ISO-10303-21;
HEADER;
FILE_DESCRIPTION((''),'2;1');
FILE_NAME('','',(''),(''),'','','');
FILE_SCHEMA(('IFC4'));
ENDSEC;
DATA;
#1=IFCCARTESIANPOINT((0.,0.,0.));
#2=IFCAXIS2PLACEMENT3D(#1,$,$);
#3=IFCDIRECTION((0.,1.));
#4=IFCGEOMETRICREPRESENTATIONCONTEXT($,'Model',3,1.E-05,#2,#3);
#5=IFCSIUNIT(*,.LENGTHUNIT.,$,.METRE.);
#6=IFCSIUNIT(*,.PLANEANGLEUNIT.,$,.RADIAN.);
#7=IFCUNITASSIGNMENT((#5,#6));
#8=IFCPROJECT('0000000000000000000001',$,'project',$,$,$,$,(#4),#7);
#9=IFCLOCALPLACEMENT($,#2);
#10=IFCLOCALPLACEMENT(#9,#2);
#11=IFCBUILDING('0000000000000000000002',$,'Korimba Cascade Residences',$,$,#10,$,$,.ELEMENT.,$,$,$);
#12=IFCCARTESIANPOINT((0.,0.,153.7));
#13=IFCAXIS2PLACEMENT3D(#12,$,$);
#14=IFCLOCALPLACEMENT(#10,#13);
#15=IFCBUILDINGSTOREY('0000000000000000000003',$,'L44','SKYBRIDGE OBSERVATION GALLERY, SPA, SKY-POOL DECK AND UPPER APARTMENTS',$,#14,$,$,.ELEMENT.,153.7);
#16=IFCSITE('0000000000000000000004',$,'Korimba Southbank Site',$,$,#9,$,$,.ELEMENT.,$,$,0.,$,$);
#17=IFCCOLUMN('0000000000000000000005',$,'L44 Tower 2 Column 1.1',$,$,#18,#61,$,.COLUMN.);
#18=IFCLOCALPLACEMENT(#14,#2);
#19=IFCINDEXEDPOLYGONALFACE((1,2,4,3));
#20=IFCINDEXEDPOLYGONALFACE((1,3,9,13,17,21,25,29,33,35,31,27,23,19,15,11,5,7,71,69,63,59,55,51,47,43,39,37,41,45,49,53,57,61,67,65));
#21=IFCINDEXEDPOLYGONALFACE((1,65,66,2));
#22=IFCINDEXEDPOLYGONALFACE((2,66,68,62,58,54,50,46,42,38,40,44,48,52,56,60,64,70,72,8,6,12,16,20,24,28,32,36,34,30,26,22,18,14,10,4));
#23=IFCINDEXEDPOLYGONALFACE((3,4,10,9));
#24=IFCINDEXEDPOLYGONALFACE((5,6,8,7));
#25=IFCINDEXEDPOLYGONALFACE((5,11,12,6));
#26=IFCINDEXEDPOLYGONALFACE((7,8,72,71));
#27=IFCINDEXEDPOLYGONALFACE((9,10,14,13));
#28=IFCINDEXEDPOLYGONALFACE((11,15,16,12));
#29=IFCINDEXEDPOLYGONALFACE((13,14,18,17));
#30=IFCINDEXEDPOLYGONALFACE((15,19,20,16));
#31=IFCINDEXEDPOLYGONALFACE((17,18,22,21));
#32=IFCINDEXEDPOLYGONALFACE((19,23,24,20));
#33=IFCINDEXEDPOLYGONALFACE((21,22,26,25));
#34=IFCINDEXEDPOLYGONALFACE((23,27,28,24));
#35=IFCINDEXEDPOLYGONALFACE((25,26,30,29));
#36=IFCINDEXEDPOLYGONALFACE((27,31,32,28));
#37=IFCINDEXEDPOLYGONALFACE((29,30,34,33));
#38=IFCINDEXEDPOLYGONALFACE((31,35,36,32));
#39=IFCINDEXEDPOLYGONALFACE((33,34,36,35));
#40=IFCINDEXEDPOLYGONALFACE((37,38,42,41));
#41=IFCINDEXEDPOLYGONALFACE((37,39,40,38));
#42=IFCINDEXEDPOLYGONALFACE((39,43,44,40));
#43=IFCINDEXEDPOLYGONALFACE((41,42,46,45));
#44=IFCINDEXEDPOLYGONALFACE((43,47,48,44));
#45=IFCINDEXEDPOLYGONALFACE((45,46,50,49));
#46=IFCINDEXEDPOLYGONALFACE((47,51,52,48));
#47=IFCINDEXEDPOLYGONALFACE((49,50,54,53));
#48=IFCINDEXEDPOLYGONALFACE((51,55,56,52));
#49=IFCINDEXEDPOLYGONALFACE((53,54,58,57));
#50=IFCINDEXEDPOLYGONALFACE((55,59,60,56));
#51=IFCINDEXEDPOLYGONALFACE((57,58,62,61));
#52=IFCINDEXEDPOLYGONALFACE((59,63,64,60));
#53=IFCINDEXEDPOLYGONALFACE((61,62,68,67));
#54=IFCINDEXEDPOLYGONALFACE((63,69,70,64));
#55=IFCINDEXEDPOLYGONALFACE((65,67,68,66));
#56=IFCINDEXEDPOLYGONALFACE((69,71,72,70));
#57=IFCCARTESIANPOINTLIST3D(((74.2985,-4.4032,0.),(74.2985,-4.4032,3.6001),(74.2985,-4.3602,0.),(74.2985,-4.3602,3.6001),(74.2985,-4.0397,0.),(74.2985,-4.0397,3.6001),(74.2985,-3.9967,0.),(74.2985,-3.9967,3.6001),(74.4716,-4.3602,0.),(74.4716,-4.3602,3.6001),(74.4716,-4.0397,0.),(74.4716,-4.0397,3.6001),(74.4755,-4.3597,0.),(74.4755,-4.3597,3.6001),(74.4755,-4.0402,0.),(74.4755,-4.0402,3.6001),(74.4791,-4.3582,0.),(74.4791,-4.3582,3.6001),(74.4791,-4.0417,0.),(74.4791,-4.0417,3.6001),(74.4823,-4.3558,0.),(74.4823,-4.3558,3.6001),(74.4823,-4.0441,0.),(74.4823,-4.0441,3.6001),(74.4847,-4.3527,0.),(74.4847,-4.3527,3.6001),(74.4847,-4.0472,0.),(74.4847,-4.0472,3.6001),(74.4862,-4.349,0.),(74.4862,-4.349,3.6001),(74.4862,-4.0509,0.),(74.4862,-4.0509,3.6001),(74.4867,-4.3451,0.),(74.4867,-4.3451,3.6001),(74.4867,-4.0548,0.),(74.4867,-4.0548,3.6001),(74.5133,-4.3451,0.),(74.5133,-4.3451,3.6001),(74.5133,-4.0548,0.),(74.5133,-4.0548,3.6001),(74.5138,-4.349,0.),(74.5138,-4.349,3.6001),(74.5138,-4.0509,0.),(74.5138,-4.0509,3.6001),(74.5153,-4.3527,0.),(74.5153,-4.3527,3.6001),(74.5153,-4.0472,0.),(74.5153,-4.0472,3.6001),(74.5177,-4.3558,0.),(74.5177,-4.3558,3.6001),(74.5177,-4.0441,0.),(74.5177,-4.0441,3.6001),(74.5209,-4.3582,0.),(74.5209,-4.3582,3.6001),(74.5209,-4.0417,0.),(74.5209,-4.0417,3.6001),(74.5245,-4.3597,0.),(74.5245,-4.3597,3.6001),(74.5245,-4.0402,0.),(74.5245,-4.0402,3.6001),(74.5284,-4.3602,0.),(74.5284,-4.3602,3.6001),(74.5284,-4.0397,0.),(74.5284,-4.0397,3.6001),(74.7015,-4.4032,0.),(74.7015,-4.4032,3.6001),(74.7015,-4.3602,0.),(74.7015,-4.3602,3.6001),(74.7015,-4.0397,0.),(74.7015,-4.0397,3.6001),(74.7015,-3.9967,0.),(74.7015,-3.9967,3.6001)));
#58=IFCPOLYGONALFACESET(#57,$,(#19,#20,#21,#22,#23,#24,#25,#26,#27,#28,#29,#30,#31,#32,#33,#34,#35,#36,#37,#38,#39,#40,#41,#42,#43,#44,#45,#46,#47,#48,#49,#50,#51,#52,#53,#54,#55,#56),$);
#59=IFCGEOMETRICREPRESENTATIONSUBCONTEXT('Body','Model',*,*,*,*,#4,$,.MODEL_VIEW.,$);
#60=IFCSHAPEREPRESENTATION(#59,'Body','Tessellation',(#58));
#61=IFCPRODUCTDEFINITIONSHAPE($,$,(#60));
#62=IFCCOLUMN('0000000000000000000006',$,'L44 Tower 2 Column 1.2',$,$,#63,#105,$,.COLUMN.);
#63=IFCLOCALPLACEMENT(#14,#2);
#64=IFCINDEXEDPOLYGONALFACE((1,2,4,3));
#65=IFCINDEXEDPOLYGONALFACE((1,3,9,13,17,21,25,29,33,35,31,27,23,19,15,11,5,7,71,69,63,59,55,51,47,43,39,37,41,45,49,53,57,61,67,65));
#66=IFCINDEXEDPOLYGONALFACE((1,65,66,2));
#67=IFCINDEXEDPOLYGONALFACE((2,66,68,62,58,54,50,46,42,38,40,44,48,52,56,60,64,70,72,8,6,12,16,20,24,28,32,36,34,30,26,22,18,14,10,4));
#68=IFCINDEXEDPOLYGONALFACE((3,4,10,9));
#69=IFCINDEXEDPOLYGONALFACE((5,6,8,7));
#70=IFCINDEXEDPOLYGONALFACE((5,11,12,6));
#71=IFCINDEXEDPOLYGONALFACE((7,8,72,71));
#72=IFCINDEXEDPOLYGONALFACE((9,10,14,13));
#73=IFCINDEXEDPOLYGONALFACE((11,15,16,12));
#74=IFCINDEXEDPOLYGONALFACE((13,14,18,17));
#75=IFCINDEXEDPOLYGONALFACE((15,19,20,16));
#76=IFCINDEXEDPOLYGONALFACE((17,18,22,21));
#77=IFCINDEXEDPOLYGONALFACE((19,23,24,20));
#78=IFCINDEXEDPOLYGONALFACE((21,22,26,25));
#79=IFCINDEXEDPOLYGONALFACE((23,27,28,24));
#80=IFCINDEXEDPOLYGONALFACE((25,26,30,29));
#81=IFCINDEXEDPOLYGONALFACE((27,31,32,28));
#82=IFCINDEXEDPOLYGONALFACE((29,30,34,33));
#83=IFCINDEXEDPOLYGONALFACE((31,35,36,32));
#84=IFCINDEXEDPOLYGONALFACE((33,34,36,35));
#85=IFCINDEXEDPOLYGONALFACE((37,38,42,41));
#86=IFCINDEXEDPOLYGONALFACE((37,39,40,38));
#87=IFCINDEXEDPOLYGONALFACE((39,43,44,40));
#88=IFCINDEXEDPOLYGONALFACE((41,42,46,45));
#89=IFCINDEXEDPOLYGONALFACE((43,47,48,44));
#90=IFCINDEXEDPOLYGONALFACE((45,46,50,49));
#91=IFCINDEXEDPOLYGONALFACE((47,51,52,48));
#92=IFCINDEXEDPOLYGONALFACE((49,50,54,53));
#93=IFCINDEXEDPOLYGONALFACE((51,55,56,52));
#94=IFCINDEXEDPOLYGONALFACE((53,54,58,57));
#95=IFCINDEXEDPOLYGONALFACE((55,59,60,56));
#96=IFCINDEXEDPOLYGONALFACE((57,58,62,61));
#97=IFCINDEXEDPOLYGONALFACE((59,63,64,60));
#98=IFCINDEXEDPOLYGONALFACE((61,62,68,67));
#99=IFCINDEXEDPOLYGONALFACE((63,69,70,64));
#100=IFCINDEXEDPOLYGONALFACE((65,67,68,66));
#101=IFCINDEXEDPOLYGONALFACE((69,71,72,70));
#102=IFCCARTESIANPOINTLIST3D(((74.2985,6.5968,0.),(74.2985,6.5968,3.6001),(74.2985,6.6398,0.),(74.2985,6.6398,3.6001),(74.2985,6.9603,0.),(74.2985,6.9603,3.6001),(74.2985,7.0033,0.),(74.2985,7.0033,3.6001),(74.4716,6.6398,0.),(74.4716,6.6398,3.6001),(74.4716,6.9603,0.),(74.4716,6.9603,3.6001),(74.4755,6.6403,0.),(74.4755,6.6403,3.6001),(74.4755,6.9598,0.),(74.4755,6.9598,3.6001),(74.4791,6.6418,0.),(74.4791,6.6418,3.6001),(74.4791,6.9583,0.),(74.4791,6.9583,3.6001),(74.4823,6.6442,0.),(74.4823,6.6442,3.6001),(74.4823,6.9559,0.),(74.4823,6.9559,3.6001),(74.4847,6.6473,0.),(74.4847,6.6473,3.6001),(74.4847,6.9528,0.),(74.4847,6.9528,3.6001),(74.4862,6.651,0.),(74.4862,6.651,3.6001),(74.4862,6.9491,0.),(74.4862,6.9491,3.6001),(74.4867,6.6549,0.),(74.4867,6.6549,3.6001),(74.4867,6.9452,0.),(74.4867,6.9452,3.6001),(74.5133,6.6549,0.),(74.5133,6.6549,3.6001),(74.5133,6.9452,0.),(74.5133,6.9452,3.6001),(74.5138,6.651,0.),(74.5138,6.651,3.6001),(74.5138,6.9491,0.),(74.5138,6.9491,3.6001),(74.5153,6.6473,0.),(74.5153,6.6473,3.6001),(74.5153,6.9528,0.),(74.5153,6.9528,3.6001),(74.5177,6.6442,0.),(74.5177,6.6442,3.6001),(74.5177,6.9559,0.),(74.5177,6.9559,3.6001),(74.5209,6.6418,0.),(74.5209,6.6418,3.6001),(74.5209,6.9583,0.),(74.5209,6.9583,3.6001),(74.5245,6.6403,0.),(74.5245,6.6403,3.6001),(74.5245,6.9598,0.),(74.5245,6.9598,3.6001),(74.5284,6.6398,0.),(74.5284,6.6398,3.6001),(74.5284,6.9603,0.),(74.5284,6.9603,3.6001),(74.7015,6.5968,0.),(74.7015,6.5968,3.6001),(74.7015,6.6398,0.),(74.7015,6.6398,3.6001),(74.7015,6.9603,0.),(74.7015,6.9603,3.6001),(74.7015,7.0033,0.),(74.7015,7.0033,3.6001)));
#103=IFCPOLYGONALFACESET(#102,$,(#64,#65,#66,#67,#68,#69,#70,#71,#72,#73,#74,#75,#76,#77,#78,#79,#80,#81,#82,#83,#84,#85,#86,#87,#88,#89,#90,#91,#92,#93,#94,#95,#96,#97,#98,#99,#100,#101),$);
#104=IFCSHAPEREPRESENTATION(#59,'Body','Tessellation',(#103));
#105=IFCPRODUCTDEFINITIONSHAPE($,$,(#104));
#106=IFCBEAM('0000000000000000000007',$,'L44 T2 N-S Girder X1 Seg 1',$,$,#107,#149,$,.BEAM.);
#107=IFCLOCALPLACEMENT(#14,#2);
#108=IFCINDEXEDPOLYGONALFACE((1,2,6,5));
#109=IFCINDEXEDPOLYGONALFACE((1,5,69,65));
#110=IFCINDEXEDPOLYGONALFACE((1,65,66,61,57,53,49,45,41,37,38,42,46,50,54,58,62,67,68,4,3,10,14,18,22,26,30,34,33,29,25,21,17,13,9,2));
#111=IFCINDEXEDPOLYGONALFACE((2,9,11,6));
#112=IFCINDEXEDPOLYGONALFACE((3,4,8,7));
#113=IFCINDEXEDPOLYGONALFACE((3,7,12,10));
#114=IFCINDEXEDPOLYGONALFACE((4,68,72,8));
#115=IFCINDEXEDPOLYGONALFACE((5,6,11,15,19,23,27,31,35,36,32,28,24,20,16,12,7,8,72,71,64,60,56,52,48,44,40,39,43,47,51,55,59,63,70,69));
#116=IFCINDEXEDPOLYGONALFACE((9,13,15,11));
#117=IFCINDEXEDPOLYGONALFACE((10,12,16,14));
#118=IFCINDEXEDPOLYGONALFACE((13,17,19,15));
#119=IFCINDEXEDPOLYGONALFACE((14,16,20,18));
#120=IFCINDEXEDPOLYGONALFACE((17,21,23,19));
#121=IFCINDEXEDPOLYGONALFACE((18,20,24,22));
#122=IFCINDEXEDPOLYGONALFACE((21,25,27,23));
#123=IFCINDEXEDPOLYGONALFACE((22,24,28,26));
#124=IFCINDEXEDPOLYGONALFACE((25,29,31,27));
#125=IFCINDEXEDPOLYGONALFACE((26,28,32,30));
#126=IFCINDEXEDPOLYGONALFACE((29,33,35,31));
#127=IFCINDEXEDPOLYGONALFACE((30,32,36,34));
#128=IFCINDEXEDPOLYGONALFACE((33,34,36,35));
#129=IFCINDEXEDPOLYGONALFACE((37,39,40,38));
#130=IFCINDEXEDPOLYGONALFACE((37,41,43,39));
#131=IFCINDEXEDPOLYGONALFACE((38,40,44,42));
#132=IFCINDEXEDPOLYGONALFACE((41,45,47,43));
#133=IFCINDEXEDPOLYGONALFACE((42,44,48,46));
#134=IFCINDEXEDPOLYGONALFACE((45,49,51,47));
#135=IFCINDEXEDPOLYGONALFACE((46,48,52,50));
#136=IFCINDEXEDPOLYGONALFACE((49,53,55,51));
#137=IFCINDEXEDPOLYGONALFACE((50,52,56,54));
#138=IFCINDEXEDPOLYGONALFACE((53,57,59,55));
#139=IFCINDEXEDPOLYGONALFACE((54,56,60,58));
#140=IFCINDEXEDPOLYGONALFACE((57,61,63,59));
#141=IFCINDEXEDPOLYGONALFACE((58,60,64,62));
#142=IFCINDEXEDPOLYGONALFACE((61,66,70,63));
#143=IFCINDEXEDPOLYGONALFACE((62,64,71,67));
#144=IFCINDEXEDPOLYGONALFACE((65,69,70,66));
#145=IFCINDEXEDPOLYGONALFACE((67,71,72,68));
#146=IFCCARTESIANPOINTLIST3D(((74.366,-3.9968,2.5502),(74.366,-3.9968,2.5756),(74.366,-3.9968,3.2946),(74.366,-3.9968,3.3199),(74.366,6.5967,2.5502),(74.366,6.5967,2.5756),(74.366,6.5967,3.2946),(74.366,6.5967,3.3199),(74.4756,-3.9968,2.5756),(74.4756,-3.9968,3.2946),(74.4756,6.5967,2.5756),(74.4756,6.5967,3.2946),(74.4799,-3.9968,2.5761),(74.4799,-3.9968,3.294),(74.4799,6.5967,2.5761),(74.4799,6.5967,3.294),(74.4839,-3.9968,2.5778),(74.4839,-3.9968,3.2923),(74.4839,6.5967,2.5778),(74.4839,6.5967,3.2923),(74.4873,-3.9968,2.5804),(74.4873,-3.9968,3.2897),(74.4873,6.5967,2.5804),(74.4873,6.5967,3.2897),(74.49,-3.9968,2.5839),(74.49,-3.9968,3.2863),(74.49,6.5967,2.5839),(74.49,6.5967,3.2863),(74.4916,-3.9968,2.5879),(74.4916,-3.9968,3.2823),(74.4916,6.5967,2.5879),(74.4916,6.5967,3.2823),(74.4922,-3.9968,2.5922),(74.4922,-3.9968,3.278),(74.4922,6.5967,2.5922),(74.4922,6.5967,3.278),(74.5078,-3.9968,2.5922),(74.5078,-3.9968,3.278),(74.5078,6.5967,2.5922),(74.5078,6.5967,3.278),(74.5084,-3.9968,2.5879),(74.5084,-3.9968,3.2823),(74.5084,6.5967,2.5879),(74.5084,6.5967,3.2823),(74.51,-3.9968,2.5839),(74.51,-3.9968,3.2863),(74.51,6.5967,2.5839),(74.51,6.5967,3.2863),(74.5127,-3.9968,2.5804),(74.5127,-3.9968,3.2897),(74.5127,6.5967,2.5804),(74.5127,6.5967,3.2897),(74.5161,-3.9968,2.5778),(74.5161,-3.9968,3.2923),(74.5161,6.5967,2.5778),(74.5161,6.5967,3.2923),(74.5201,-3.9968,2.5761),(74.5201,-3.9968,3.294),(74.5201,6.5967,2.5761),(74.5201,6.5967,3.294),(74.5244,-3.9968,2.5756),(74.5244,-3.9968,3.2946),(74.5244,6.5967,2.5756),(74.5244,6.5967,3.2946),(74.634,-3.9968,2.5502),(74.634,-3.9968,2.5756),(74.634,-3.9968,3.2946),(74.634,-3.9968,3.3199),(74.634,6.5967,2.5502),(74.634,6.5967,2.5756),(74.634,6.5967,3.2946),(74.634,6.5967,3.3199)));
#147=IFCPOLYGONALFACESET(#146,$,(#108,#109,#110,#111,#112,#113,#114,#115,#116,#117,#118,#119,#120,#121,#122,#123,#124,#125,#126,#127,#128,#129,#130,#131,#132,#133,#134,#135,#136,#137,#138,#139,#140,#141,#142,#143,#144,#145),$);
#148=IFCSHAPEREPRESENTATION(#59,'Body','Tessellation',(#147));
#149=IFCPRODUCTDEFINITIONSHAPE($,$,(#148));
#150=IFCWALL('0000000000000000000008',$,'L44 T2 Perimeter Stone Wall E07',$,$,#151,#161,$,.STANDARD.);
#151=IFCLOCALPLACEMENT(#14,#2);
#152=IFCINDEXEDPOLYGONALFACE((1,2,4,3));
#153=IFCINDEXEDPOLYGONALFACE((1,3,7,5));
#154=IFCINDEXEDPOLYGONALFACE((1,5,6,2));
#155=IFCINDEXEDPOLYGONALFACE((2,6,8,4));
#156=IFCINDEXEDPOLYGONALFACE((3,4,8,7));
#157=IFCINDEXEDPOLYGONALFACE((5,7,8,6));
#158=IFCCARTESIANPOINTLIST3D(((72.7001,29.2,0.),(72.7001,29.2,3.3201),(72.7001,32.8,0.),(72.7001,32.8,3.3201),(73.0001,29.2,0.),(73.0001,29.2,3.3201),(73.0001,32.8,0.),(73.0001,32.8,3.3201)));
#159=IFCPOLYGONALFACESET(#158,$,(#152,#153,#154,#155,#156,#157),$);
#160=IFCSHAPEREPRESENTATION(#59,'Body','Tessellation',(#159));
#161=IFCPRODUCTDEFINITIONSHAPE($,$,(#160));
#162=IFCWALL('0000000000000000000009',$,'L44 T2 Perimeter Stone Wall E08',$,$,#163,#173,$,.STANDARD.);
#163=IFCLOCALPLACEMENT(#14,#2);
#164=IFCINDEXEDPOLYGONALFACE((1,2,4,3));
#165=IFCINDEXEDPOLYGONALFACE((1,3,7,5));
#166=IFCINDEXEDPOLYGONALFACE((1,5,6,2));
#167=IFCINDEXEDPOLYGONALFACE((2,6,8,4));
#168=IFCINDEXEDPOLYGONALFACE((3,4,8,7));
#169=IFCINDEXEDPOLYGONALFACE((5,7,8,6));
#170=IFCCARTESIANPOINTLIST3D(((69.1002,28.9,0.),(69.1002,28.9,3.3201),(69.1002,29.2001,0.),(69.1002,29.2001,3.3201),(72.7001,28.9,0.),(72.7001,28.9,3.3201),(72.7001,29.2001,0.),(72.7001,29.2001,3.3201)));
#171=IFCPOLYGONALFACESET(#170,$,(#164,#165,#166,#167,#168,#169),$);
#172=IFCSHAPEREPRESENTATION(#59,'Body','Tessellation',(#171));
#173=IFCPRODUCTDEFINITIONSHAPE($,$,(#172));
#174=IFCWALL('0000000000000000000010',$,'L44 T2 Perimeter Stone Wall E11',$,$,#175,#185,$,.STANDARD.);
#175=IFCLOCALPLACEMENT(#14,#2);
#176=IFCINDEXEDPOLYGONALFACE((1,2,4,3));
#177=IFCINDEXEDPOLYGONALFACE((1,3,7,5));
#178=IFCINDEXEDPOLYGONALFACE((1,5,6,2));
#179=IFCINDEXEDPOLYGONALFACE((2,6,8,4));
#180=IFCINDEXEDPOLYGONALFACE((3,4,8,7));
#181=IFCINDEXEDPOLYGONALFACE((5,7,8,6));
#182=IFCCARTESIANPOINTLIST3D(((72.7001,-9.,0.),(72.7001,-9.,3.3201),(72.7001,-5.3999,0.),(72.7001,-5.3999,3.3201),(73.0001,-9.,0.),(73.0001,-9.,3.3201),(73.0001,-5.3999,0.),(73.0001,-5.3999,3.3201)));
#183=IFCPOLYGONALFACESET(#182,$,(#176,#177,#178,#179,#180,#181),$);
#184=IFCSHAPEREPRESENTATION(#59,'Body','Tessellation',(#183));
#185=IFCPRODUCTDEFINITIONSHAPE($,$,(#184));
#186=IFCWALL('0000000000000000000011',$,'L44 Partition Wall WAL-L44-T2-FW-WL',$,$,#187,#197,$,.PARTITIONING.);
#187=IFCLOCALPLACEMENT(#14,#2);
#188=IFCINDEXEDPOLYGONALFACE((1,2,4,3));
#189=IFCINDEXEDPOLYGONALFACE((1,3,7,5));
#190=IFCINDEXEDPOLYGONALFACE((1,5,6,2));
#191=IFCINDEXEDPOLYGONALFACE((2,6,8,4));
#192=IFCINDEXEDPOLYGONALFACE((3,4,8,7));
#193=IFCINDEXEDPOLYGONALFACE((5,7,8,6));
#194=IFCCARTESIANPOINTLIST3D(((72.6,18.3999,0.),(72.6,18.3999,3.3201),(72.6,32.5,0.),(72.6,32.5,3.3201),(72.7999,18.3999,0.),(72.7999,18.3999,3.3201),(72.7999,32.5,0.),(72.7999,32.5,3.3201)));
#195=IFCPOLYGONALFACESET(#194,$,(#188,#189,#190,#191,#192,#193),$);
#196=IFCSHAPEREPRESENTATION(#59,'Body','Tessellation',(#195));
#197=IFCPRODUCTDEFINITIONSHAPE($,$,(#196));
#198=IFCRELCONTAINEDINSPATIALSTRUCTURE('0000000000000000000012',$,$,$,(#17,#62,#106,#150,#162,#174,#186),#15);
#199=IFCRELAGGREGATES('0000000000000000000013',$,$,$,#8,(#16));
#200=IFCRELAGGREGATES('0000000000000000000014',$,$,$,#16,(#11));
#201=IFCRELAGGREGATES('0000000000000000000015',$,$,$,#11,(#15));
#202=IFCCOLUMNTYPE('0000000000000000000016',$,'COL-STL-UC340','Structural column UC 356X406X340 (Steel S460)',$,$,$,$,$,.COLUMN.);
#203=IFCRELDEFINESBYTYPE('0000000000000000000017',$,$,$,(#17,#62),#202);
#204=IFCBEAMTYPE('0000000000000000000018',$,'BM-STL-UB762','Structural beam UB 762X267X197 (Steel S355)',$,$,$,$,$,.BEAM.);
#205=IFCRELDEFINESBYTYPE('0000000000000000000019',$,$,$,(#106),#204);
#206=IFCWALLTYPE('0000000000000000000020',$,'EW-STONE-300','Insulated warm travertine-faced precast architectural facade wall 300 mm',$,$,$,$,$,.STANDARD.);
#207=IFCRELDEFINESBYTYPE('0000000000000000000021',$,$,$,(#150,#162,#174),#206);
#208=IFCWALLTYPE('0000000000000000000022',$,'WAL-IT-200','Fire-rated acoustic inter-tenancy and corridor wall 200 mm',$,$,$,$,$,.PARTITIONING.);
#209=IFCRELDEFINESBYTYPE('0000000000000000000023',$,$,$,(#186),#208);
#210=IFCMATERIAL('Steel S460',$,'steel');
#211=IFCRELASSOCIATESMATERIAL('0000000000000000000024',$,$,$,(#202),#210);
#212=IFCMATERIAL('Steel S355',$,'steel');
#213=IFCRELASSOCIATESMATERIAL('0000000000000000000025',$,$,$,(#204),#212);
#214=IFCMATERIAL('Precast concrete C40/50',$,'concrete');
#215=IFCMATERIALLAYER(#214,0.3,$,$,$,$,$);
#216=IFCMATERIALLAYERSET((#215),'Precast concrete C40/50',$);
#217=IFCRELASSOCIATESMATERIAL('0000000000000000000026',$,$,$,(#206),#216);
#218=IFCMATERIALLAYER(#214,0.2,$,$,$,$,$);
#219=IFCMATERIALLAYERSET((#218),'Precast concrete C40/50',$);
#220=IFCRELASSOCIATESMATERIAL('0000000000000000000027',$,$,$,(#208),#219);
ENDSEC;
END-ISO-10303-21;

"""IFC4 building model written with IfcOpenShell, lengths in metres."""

from ifc_helpers import new_model, si_unit, direction, frame, frame_2d, origin, origin_2d, place, context, subcontext, project, spatial, rectangle, i_section, extrude, material, layer, layer_set, material_profile, profile_set, type_object, element, save


model = new_model("IFC4")

# Units and contexts
model_context = context("Model", 3, precision=1e-05, world=origin(), true_north=direction((0.0, 1.0)))
body_context = subcontext(model_context, "Body", "Model", "MODEL_VIEW")
ifc_project = project(units=[si_unit("LENGTHUNIT", "METRE"), si_unit("PLANEANGLEUNIT", "RADIAN")], contexts=[model_context])

# Site, building, storey
site_placement = place(None, origin())
site = spatial("IfcSite", under=ifc_project, at=site_placement, Name="Korimba Southbank Site", CompositionType="ELEMENT", RefElevation=0.0)
building_placement = place(site_placement, origin())
building = spatial("IfcBuilding", under=site, at=building_placement, Name="Korimba Cascade Residences", CompositionType="ELEMENT")
storey_placement = place(building_placement, frame((0.0, 0.0, 153.7)))
storey = spatial("IfcBuildingStorey", under=building, at=storey_placement, Name="L44", Description="SKYBRIDGE OBSERVATION GALLERY, SPA, SKY-POOL DECK AND UPPER APARTMENTS", CompositionType="ELEMENT", Elevation=153.7)

# Columns
ifc_material_1 = material(Name="Steel S460", Category="steel")
ifc_material_profile_1 = material_profile(ifc_material_1, i_section(OverallWidth=0.4031, OverallDepth=0.4065, WebThickness=0.0266, FlangeThickness=0.043, FilletRadius=0.0151, at=origin_2d()), Name="Steel S460")
ifc_profile_set_1 = profile_set([ifc_material_profile_1], Name="Steel S460")
column_type = type_object("IfcColumnType", Name="COL-STL-UC340", Description="Structural column UC 356X406X340 (Steel S460)", PredefinedType="COLUMN", material=ifc_profile_set_1)
for number, where, z_axis, x_axis, name in (
    (1, (74.5, -4.2, 0.0), (0.0, 0.0, 1.0), (1.0, 0.0, 0.0), "L44 Tower 2 Column 1.1"),
    (2, (74.5, 6.8, 0.0), (0.0, 0.0, 1.0), (1.0, 0.0, 0.0), "L44 Tower 2 Column 1.2"),
):
    element("IfcColumn", number, at=place(storey_placement, frame(where, z_axis=z_axis, x_axis=x_axis)), inside=storey, type_object=column_type, Name=name, PredefinedType="COLUMN", context=body_context, shape_type="SweptSolid", body=[
        extrude(i_section(OverallWidth=0.4031, OverallDepth=0.4065, WebThickness=0.0266, FlangeThickness=0.043, FilletRadius=0.0151, at=origin_2d()), origin(), (0.0, 0.0, 1.0), 3.6001),
    ])

# Beam
ifc_material_2 = material(Name="Steel S355", Category="steel")
ifc_material_profile_2 = material_profile(ifc_material_2, i_section(OverallWidth=0.2681, OverallDepth=0.7698, WebThickness=0.0156, FlangeThickness=0.0254, FilletRadius=0.0166, at=origin_2d()), Name="Steel S355")
ifc_profile_set_2 = profile_set([ifc_material_profile_2], Name="Steel S355")
beam_type = type_object("IfcBeamType", Name="BM-STL-UB762", Description="Structural beam UB 762X267X197 (Steel S355)", PredefinedType="BEAM", material=ifc_profile_set_2)
beam_placement = place(storey_placement, frame((74.5, -3.9968, 2.9351), z_axis=(0.0, 1.0, 0.0), x_axis=(-1.0, 0.0, 0.0)))
element("IfcBeam", 3, at=beam_placement, inside=storey, type_object=beam_type, Name="L44 T2 N-S Girder X1 Seg 1", PredefinedType="BEAM", context=body_context, shape_type="SweptSolid", body=[
    extrude(i_section(OverallWidth=0.2681, OverallDepth=0.7698, WebThickness=0.0156, FlangeThickness=0.0254, FilletRadius=0.0166, at=origin_2d()), origin(), (0.0, 0.0, 1.0), 10.5935),
])

# Walls
ifc_material_3 = material(Name="Precast concrete C40/50", Category="concrete")
ifc_layer_1 = layer(ifc_material_3, 0.3)
ifc_layer_set_1 = layer_set([ifc_layer_1], Name="Precast concrete C40/50")
wall_type_1 = type_object("IfcWallType", Name="EW-STONE-300", Description="Insulated warm travertine-faced precast architectural facade wall 300 mm", PredefinedType="STANDARD", material=ifc_layer_set_1)
wall_1_placement = place(storey_placement, frame((72.8501, 32.8, 0.0), z_axis=(0.0, 0.0, 1.0), x_axis=(0.0, -1.0, 0.0)))
element("IfcWall", 4, at=wall_1_placement, inside=storey, type_object=wall_type_1, Name="L44 T2 Perimeter Stone Wall E07", PredefinedType="STANDARD", context=body_context, shape_type="SweptSolid", body=[
    extrude(rectangle(XDim=3.6001, YDim=0.3, at=frame_2d((1.8, 0.0))), origin(), (0.0, 0.0, 1.0), 3.3201),
])
wall_2_placement = place(storey_placement, frame((72.7, 29.05, 0.0), z_axis=(0.0, 0.0, 1.0), x_axis=(-1.0, 0.0, 0.0)))
element("IfcWall", 5, at=wall_2_placement, inside=storey, type_object=wall_type_1, Name="L44 T2 Perimeter Stone Wall E08", PredefinedType="STANDARD", context=body_context, shape_type="SweptSolid", body=[
    extrude(rectangle(XDim=3.5999, YDim=0.3, at=frame_2d((1.7998, 0.0))), origin(), (0.0, 0.0, 1.0), 3.3201),
])
wall_3_placement = place(storey_placement, frame((72.8501, -5.3999, 0.0), z_axis=(0.0, 0.0, 1.0), x_axis=(0.0, -1.0, 0.0)))
element("IfcWall", 6, at=wall_3_placement, inside=storey, type_object=wall_type_1, Name="L44 T2 Perimeter Stone Wall E11", PredefinedType="STANDARD", context=body_context, shape_type="SweptSolid", body=[
    extrude(rectangle(XDim=3.6001, YDim=0.3, at=frame_2d((1.8, 0.0))), origin(), (0.0, 0.0, 1.0), 3.3201),
])
ifc_layer_2 = layer(ifc_material_3, 0.2)
ifc_layer_set_2 = layer_set([ifc_layer_2], Name="Precast concrete C40/50")
wall_type_2 = type_object("IfcWallType", Name="WAL-IT-200", Description="Fire-rated acoustic inter-tenancy and corridor wall 200 mm", PredefinedType="PARTITIONING", material=ifc_layer_set_2)
wall_4_placement = place(storey_placement, frame((72.7, 18.3999, 0.0), z_axis=(0.0, 0.0, 1.0), x_axis=(0.0, 1.0, 0.0)))
element("IfcWall", 7, at=wall_4_placement, inside=storey, type_object=wall_type_2, Name="L44 Partition Wall WAL-L44-T2-FW-WL", PredefinedType="PARTITIONING", context=body_context, shape_type="SweptSolid", body=[
    extrude(rectangle(XDim=14.1001, YDim=0.2, at=frame_2d((7.05, 0.0))), origin(), (0.0, 0.0, 1.0), 3.3201),
])

save(model, "model.ifc")
